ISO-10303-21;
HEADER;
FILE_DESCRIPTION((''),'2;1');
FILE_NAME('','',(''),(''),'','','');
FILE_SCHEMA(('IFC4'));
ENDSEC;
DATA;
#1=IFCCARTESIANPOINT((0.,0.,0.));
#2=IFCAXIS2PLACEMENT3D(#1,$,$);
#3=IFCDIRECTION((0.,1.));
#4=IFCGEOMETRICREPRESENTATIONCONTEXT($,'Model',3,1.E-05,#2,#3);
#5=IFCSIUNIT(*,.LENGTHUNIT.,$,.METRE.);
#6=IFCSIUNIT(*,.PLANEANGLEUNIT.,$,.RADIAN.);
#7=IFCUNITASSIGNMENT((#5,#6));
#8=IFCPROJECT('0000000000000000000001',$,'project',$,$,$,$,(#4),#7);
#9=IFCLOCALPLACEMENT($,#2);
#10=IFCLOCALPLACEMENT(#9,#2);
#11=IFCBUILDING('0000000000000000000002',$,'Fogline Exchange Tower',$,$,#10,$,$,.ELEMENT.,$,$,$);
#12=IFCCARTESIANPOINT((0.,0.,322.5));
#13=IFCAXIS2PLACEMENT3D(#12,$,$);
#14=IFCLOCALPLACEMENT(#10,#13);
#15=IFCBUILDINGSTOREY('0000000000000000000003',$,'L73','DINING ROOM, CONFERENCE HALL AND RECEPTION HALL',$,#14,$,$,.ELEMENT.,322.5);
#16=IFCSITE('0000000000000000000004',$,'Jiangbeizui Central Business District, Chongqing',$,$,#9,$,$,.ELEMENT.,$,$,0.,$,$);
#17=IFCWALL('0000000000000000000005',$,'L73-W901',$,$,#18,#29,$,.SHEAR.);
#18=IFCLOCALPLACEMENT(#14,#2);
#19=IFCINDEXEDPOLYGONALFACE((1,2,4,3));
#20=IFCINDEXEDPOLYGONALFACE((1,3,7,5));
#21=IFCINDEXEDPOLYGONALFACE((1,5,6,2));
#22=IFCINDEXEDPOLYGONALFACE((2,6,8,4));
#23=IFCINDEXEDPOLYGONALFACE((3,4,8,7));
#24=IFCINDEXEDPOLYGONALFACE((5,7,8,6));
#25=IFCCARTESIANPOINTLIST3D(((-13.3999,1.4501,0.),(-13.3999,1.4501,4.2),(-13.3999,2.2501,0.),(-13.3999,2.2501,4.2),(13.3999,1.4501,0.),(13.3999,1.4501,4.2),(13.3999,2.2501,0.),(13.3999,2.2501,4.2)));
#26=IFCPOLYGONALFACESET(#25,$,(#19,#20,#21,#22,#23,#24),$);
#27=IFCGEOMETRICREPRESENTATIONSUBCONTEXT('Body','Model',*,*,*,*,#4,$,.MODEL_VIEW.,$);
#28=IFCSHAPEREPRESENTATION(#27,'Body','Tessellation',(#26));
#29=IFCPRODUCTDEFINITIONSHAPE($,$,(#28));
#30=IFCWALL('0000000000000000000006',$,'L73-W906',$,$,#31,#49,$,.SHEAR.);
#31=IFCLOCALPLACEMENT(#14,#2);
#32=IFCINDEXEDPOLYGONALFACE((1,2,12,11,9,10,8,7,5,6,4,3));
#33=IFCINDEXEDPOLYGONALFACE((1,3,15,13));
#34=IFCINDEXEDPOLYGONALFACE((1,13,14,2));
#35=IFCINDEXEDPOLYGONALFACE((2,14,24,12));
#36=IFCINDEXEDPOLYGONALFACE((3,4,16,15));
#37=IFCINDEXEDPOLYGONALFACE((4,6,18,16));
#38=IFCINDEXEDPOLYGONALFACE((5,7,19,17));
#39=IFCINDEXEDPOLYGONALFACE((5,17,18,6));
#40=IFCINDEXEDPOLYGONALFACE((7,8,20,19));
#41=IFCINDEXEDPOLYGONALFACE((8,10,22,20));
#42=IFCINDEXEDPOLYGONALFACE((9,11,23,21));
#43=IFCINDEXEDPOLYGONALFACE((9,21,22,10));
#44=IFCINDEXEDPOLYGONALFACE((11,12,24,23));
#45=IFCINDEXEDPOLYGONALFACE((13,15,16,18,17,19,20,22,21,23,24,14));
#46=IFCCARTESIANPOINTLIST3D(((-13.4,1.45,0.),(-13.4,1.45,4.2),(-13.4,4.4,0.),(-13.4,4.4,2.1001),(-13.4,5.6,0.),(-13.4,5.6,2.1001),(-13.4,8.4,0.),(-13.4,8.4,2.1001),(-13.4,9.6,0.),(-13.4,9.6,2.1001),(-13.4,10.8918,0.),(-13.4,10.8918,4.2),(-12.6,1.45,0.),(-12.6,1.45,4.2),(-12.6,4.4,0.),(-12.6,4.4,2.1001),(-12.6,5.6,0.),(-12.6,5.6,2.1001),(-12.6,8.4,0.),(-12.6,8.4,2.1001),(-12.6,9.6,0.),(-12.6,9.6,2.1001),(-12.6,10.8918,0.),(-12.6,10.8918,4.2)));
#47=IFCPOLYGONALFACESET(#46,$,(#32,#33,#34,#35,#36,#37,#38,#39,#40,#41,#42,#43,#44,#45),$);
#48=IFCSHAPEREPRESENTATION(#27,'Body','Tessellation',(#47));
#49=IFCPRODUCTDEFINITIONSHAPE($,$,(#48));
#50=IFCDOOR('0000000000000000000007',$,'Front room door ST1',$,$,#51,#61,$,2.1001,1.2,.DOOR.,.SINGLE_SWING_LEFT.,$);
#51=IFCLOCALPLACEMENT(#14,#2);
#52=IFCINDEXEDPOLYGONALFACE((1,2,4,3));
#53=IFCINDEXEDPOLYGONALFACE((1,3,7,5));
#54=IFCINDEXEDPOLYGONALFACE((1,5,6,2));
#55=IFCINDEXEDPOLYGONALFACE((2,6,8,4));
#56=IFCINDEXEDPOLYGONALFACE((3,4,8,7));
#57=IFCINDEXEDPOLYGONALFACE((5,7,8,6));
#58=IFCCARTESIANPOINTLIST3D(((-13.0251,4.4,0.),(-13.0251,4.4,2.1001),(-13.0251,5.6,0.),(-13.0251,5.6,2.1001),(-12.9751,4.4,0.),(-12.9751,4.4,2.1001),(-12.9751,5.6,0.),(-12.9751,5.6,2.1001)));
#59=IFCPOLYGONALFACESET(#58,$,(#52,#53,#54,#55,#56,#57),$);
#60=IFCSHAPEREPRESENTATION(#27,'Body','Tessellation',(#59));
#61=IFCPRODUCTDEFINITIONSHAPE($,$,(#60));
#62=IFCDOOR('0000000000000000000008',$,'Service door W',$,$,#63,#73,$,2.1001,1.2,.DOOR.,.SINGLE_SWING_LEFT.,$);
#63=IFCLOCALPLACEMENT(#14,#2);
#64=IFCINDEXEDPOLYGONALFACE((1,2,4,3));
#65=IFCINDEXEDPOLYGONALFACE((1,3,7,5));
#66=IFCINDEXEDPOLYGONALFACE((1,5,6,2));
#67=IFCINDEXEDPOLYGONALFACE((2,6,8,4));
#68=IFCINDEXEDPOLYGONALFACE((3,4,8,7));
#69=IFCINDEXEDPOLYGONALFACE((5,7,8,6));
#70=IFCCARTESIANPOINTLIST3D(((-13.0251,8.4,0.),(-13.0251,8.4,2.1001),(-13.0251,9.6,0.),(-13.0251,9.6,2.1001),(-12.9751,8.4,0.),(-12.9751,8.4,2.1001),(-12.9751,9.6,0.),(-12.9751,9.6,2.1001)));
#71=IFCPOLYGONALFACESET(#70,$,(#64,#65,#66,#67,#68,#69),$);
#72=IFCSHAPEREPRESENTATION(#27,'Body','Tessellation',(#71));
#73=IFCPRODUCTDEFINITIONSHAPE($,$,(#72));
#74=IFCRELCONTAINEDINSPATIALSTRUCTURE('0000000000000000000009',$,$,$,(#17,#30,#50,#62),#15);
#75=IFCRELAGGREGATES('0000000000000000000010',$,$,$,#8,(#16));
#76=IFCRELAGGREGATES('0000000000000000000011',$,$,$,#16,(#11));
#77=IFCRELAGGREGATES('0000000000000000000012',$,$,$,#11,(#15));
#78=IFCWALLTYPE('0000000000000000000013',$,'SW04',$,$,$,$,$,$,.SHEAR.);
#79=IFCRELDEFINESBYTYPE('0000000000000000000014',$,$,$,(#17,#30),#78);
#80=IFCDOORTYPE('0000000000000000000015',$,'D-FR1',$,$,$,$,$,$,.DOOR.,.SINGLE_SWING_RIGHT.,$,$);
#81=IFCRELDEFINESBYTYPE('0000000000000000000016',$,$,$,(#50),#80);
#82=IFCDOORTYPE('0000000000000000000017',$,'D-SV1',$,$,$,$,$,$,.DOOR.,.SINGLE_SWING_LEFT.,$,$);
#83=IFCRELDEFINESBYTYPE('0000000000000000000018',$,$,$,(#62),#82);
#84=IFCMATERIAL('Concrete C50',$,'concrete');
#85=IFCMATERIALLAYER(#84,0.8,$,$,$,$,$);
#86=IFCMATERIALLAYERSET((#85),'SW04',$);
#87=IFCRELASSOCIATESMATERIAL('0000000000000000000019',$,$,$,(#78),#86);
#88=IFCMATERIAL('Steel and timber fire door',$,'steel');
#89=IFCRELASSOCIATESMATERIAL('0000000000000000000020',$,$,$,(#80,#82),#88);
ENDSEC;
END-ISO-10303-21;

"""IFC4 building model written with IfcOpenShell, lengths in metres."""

from ifc_helpers import new_model, si_unit, direction, frame, frame_2d, origin, place, context, subcontext, project, spatial, rectangle, extrude, material, layer, layer_set, type_object, element, fill, save


model = new_model("IFC4")

# Units and contexts
model_context = context("Model", 3, precision=1e-05, world=origin(), true_north=direction((0.0, 1.0)))
body_context = subcontext(model_context, "Body", "Model", "MODEL_VIEW")
ifc_project = project(units=[si_unit("LENGTHUNIT", "METRE"), si_unit("PLANEANGLEUNIT", "RADIAN")], contexts=[model_context])

# Site, building, storey
site_placement = place(None, origin())
site = spatial("IfcSite", under=ifc_project, at=site_placement, Name="Jiangbeizui Central Business District, Chongqing", CompositionType="ELEMENT", RefElevation=0.0)
building_placement = place(site_placement, origin())
building = spatial("IfcBuilding", under=site, at=building_placement, Name="Fogline Exchange Tower", CompositionType="ELEMENT")
storey_placement = place(building_placement, frame((0.0, 0.0, 322.5)))
storey = spatial("IfcBuildingStorey", under=building, at=storey_placement, Name="L73", Description="DINING ROOM, CONFERENCE HALL AND RECEPTION HALL", CompositionType="ELEMENT", Elevation=322.5)

# Wall
ifc_material_1 = material(Name="Concrete C50", Category="concrete")
ifc_layer_1 = layer(ifc_material_1, 0.8)
ifc_layer_set_1 = layer_set([ifc_layer_1], Name="SW04")
wall_type_1 = type_object("IfcWallType", Name="SW04", PredefinedType="SHEAR", material=ifc_layer_set_1)
wall_1_placement = place(storey_placement, frame((-13.3999, 1.8501, 0.0), z_axis=(0.0, 0.0, 1.0), x_axis=(1.0, 0.0, 0.0)))
element("IfcWall", 1, at=wall_1_placement, inside=storey, type_object=wall_type_1, Name="L73-W901", PredefinedType="SHEAR", context=body_context, shape_type="SweptSolid", body=[
    extrude(rectangle(XDim=26.7998, YDim=0.8, at=frame_2d((13.3999, 0.0))), origin(), (0.0, 0.0, 1.0), 4.2),
])

# Wall, openings, doors
wall_2_placement = place(storey_placement, frame((-13.0, 10.8918, 0.0), z_axis=(0.0, 0.0, 1.0), x_axis=(0.0, -1.0, 0.0)))
wall_2 = element("IfcWall", 2, at=wall_2_placement, inside=storey, type_object=wall_type_1, Name="L73-W906", PredefinedType="SHEAR", context=body_context, shape_type="SweptSolid", body=[
    extrude(rectangle(XDim=9.4419, YDim=0.8, at=frame_2d((4.7209, 0.0))), origin(), (0.0, 0.0, 1.0), 4.2),
])
opening_1_placement = place(wall_2_placement, frame((5.2917, 0.0, 0.0)))
opening_1 = element("IfcOpeningElement", 3, at=opening_1_placement, cuts=wall_2, PredefinedType="OPENING", context=body_context, shape_type="SweptSolid", body=[
    extrude(rectangle(XDim=1.2, YDim=2.1001, at=frame_2d((0.6001, 1.05))), frame((0.0, 0.4102, 0.0), z_axis=(0.0, -1.0, 0.0), x_axis=(1.0, 0.0, 0.0)), (0.0, 0.0, 1.0), 0.8201),
])
opening_2_placement = place(wall_2_placement, frame((1.2917, 0.0, 0.0)))
opening_2 = element("IfcOpeningElement", 4, at=opening_2_placement, cuts=wall_2, PredefinedType="OPENING", context=body_context, shape_type="SweptSolid", body=[
    extrude(rectangle(XDim=1.2, YDim=2.1001, at=frame_2d((0.6001, 1.05))), frame((0.0, 0.4102, 0.0), z_axis=(0.0, -1.0, 0.0), x_axis=(1.0, 0.0, 0.0)), (0.0, 0.0, 1.0), 0.8201),
])
ifc_material_2 = material(Name="Steel and timber fire door", Category="steel")
door_type_1 = type_object("IfcDoorType", Name="D-FR1", OperationType="SINGLE_SWING_RIGHT", PredefinedType="DOOR", material=ifc_material_2)
door_1_placement = place(opening_1_placement, origin())
door_1 = element("IfcDoor", 5, at=door_1_placement, inside=storey, type_object=door_type_1, Name="Front room door ST1", OperationType="SINGLE_SWING_LEFT", OverallHeight=2.1001, OverallWidth=1.2, PredefinedType="DOOR", context=body_context, shape_type="SweptSolid", body=[
    extrude(rectangle(XDim=1.2, YDim=2.1001, at=frame_2d((0.6001, 1.05))), frame((0.0, 0.0249, 0.0), z_axis=(0.0, -1.0, 0.0), x_axis=(1.0, 0.0, 0.0)), (0.0, 0.0, 1.0), 0.05),
])
fill(opening_1, door_1)
door_type_2 = type_object("IfcDoorType", Name="D-SV1", OperationType="SINGLE_SWING_LEFT", PredefinedType="DOOR", material=ifc_material_2)
door_2_placement = place(opening_2_placement, origin())
door_2 = element("IfcDoor", 6, at=door_2_placement, inside=storey, type_object=door_type_2, Name="Service door W", OperationType="SINGLE_SWING_LEFT", OverallHeight=2.1001, OverallWidth=1.2, PredefinedType="DOOR", context=body_context, shape_type="SweptSolid", body=[
    extrude(rectangle(XDim=1.2, YDim=2.1001, at=frame_2d((0.6001, 1.05))), frame((0.0, 0.0249, 0.0), z_axis=(0.0, -1.0, 0.0), x_axis=(1.0, 0.0, 0.0)), (0.0, 0.0, 1.0), 0.05),
])
fill(opening_2, door_2)

save(model, "model.ifc")
